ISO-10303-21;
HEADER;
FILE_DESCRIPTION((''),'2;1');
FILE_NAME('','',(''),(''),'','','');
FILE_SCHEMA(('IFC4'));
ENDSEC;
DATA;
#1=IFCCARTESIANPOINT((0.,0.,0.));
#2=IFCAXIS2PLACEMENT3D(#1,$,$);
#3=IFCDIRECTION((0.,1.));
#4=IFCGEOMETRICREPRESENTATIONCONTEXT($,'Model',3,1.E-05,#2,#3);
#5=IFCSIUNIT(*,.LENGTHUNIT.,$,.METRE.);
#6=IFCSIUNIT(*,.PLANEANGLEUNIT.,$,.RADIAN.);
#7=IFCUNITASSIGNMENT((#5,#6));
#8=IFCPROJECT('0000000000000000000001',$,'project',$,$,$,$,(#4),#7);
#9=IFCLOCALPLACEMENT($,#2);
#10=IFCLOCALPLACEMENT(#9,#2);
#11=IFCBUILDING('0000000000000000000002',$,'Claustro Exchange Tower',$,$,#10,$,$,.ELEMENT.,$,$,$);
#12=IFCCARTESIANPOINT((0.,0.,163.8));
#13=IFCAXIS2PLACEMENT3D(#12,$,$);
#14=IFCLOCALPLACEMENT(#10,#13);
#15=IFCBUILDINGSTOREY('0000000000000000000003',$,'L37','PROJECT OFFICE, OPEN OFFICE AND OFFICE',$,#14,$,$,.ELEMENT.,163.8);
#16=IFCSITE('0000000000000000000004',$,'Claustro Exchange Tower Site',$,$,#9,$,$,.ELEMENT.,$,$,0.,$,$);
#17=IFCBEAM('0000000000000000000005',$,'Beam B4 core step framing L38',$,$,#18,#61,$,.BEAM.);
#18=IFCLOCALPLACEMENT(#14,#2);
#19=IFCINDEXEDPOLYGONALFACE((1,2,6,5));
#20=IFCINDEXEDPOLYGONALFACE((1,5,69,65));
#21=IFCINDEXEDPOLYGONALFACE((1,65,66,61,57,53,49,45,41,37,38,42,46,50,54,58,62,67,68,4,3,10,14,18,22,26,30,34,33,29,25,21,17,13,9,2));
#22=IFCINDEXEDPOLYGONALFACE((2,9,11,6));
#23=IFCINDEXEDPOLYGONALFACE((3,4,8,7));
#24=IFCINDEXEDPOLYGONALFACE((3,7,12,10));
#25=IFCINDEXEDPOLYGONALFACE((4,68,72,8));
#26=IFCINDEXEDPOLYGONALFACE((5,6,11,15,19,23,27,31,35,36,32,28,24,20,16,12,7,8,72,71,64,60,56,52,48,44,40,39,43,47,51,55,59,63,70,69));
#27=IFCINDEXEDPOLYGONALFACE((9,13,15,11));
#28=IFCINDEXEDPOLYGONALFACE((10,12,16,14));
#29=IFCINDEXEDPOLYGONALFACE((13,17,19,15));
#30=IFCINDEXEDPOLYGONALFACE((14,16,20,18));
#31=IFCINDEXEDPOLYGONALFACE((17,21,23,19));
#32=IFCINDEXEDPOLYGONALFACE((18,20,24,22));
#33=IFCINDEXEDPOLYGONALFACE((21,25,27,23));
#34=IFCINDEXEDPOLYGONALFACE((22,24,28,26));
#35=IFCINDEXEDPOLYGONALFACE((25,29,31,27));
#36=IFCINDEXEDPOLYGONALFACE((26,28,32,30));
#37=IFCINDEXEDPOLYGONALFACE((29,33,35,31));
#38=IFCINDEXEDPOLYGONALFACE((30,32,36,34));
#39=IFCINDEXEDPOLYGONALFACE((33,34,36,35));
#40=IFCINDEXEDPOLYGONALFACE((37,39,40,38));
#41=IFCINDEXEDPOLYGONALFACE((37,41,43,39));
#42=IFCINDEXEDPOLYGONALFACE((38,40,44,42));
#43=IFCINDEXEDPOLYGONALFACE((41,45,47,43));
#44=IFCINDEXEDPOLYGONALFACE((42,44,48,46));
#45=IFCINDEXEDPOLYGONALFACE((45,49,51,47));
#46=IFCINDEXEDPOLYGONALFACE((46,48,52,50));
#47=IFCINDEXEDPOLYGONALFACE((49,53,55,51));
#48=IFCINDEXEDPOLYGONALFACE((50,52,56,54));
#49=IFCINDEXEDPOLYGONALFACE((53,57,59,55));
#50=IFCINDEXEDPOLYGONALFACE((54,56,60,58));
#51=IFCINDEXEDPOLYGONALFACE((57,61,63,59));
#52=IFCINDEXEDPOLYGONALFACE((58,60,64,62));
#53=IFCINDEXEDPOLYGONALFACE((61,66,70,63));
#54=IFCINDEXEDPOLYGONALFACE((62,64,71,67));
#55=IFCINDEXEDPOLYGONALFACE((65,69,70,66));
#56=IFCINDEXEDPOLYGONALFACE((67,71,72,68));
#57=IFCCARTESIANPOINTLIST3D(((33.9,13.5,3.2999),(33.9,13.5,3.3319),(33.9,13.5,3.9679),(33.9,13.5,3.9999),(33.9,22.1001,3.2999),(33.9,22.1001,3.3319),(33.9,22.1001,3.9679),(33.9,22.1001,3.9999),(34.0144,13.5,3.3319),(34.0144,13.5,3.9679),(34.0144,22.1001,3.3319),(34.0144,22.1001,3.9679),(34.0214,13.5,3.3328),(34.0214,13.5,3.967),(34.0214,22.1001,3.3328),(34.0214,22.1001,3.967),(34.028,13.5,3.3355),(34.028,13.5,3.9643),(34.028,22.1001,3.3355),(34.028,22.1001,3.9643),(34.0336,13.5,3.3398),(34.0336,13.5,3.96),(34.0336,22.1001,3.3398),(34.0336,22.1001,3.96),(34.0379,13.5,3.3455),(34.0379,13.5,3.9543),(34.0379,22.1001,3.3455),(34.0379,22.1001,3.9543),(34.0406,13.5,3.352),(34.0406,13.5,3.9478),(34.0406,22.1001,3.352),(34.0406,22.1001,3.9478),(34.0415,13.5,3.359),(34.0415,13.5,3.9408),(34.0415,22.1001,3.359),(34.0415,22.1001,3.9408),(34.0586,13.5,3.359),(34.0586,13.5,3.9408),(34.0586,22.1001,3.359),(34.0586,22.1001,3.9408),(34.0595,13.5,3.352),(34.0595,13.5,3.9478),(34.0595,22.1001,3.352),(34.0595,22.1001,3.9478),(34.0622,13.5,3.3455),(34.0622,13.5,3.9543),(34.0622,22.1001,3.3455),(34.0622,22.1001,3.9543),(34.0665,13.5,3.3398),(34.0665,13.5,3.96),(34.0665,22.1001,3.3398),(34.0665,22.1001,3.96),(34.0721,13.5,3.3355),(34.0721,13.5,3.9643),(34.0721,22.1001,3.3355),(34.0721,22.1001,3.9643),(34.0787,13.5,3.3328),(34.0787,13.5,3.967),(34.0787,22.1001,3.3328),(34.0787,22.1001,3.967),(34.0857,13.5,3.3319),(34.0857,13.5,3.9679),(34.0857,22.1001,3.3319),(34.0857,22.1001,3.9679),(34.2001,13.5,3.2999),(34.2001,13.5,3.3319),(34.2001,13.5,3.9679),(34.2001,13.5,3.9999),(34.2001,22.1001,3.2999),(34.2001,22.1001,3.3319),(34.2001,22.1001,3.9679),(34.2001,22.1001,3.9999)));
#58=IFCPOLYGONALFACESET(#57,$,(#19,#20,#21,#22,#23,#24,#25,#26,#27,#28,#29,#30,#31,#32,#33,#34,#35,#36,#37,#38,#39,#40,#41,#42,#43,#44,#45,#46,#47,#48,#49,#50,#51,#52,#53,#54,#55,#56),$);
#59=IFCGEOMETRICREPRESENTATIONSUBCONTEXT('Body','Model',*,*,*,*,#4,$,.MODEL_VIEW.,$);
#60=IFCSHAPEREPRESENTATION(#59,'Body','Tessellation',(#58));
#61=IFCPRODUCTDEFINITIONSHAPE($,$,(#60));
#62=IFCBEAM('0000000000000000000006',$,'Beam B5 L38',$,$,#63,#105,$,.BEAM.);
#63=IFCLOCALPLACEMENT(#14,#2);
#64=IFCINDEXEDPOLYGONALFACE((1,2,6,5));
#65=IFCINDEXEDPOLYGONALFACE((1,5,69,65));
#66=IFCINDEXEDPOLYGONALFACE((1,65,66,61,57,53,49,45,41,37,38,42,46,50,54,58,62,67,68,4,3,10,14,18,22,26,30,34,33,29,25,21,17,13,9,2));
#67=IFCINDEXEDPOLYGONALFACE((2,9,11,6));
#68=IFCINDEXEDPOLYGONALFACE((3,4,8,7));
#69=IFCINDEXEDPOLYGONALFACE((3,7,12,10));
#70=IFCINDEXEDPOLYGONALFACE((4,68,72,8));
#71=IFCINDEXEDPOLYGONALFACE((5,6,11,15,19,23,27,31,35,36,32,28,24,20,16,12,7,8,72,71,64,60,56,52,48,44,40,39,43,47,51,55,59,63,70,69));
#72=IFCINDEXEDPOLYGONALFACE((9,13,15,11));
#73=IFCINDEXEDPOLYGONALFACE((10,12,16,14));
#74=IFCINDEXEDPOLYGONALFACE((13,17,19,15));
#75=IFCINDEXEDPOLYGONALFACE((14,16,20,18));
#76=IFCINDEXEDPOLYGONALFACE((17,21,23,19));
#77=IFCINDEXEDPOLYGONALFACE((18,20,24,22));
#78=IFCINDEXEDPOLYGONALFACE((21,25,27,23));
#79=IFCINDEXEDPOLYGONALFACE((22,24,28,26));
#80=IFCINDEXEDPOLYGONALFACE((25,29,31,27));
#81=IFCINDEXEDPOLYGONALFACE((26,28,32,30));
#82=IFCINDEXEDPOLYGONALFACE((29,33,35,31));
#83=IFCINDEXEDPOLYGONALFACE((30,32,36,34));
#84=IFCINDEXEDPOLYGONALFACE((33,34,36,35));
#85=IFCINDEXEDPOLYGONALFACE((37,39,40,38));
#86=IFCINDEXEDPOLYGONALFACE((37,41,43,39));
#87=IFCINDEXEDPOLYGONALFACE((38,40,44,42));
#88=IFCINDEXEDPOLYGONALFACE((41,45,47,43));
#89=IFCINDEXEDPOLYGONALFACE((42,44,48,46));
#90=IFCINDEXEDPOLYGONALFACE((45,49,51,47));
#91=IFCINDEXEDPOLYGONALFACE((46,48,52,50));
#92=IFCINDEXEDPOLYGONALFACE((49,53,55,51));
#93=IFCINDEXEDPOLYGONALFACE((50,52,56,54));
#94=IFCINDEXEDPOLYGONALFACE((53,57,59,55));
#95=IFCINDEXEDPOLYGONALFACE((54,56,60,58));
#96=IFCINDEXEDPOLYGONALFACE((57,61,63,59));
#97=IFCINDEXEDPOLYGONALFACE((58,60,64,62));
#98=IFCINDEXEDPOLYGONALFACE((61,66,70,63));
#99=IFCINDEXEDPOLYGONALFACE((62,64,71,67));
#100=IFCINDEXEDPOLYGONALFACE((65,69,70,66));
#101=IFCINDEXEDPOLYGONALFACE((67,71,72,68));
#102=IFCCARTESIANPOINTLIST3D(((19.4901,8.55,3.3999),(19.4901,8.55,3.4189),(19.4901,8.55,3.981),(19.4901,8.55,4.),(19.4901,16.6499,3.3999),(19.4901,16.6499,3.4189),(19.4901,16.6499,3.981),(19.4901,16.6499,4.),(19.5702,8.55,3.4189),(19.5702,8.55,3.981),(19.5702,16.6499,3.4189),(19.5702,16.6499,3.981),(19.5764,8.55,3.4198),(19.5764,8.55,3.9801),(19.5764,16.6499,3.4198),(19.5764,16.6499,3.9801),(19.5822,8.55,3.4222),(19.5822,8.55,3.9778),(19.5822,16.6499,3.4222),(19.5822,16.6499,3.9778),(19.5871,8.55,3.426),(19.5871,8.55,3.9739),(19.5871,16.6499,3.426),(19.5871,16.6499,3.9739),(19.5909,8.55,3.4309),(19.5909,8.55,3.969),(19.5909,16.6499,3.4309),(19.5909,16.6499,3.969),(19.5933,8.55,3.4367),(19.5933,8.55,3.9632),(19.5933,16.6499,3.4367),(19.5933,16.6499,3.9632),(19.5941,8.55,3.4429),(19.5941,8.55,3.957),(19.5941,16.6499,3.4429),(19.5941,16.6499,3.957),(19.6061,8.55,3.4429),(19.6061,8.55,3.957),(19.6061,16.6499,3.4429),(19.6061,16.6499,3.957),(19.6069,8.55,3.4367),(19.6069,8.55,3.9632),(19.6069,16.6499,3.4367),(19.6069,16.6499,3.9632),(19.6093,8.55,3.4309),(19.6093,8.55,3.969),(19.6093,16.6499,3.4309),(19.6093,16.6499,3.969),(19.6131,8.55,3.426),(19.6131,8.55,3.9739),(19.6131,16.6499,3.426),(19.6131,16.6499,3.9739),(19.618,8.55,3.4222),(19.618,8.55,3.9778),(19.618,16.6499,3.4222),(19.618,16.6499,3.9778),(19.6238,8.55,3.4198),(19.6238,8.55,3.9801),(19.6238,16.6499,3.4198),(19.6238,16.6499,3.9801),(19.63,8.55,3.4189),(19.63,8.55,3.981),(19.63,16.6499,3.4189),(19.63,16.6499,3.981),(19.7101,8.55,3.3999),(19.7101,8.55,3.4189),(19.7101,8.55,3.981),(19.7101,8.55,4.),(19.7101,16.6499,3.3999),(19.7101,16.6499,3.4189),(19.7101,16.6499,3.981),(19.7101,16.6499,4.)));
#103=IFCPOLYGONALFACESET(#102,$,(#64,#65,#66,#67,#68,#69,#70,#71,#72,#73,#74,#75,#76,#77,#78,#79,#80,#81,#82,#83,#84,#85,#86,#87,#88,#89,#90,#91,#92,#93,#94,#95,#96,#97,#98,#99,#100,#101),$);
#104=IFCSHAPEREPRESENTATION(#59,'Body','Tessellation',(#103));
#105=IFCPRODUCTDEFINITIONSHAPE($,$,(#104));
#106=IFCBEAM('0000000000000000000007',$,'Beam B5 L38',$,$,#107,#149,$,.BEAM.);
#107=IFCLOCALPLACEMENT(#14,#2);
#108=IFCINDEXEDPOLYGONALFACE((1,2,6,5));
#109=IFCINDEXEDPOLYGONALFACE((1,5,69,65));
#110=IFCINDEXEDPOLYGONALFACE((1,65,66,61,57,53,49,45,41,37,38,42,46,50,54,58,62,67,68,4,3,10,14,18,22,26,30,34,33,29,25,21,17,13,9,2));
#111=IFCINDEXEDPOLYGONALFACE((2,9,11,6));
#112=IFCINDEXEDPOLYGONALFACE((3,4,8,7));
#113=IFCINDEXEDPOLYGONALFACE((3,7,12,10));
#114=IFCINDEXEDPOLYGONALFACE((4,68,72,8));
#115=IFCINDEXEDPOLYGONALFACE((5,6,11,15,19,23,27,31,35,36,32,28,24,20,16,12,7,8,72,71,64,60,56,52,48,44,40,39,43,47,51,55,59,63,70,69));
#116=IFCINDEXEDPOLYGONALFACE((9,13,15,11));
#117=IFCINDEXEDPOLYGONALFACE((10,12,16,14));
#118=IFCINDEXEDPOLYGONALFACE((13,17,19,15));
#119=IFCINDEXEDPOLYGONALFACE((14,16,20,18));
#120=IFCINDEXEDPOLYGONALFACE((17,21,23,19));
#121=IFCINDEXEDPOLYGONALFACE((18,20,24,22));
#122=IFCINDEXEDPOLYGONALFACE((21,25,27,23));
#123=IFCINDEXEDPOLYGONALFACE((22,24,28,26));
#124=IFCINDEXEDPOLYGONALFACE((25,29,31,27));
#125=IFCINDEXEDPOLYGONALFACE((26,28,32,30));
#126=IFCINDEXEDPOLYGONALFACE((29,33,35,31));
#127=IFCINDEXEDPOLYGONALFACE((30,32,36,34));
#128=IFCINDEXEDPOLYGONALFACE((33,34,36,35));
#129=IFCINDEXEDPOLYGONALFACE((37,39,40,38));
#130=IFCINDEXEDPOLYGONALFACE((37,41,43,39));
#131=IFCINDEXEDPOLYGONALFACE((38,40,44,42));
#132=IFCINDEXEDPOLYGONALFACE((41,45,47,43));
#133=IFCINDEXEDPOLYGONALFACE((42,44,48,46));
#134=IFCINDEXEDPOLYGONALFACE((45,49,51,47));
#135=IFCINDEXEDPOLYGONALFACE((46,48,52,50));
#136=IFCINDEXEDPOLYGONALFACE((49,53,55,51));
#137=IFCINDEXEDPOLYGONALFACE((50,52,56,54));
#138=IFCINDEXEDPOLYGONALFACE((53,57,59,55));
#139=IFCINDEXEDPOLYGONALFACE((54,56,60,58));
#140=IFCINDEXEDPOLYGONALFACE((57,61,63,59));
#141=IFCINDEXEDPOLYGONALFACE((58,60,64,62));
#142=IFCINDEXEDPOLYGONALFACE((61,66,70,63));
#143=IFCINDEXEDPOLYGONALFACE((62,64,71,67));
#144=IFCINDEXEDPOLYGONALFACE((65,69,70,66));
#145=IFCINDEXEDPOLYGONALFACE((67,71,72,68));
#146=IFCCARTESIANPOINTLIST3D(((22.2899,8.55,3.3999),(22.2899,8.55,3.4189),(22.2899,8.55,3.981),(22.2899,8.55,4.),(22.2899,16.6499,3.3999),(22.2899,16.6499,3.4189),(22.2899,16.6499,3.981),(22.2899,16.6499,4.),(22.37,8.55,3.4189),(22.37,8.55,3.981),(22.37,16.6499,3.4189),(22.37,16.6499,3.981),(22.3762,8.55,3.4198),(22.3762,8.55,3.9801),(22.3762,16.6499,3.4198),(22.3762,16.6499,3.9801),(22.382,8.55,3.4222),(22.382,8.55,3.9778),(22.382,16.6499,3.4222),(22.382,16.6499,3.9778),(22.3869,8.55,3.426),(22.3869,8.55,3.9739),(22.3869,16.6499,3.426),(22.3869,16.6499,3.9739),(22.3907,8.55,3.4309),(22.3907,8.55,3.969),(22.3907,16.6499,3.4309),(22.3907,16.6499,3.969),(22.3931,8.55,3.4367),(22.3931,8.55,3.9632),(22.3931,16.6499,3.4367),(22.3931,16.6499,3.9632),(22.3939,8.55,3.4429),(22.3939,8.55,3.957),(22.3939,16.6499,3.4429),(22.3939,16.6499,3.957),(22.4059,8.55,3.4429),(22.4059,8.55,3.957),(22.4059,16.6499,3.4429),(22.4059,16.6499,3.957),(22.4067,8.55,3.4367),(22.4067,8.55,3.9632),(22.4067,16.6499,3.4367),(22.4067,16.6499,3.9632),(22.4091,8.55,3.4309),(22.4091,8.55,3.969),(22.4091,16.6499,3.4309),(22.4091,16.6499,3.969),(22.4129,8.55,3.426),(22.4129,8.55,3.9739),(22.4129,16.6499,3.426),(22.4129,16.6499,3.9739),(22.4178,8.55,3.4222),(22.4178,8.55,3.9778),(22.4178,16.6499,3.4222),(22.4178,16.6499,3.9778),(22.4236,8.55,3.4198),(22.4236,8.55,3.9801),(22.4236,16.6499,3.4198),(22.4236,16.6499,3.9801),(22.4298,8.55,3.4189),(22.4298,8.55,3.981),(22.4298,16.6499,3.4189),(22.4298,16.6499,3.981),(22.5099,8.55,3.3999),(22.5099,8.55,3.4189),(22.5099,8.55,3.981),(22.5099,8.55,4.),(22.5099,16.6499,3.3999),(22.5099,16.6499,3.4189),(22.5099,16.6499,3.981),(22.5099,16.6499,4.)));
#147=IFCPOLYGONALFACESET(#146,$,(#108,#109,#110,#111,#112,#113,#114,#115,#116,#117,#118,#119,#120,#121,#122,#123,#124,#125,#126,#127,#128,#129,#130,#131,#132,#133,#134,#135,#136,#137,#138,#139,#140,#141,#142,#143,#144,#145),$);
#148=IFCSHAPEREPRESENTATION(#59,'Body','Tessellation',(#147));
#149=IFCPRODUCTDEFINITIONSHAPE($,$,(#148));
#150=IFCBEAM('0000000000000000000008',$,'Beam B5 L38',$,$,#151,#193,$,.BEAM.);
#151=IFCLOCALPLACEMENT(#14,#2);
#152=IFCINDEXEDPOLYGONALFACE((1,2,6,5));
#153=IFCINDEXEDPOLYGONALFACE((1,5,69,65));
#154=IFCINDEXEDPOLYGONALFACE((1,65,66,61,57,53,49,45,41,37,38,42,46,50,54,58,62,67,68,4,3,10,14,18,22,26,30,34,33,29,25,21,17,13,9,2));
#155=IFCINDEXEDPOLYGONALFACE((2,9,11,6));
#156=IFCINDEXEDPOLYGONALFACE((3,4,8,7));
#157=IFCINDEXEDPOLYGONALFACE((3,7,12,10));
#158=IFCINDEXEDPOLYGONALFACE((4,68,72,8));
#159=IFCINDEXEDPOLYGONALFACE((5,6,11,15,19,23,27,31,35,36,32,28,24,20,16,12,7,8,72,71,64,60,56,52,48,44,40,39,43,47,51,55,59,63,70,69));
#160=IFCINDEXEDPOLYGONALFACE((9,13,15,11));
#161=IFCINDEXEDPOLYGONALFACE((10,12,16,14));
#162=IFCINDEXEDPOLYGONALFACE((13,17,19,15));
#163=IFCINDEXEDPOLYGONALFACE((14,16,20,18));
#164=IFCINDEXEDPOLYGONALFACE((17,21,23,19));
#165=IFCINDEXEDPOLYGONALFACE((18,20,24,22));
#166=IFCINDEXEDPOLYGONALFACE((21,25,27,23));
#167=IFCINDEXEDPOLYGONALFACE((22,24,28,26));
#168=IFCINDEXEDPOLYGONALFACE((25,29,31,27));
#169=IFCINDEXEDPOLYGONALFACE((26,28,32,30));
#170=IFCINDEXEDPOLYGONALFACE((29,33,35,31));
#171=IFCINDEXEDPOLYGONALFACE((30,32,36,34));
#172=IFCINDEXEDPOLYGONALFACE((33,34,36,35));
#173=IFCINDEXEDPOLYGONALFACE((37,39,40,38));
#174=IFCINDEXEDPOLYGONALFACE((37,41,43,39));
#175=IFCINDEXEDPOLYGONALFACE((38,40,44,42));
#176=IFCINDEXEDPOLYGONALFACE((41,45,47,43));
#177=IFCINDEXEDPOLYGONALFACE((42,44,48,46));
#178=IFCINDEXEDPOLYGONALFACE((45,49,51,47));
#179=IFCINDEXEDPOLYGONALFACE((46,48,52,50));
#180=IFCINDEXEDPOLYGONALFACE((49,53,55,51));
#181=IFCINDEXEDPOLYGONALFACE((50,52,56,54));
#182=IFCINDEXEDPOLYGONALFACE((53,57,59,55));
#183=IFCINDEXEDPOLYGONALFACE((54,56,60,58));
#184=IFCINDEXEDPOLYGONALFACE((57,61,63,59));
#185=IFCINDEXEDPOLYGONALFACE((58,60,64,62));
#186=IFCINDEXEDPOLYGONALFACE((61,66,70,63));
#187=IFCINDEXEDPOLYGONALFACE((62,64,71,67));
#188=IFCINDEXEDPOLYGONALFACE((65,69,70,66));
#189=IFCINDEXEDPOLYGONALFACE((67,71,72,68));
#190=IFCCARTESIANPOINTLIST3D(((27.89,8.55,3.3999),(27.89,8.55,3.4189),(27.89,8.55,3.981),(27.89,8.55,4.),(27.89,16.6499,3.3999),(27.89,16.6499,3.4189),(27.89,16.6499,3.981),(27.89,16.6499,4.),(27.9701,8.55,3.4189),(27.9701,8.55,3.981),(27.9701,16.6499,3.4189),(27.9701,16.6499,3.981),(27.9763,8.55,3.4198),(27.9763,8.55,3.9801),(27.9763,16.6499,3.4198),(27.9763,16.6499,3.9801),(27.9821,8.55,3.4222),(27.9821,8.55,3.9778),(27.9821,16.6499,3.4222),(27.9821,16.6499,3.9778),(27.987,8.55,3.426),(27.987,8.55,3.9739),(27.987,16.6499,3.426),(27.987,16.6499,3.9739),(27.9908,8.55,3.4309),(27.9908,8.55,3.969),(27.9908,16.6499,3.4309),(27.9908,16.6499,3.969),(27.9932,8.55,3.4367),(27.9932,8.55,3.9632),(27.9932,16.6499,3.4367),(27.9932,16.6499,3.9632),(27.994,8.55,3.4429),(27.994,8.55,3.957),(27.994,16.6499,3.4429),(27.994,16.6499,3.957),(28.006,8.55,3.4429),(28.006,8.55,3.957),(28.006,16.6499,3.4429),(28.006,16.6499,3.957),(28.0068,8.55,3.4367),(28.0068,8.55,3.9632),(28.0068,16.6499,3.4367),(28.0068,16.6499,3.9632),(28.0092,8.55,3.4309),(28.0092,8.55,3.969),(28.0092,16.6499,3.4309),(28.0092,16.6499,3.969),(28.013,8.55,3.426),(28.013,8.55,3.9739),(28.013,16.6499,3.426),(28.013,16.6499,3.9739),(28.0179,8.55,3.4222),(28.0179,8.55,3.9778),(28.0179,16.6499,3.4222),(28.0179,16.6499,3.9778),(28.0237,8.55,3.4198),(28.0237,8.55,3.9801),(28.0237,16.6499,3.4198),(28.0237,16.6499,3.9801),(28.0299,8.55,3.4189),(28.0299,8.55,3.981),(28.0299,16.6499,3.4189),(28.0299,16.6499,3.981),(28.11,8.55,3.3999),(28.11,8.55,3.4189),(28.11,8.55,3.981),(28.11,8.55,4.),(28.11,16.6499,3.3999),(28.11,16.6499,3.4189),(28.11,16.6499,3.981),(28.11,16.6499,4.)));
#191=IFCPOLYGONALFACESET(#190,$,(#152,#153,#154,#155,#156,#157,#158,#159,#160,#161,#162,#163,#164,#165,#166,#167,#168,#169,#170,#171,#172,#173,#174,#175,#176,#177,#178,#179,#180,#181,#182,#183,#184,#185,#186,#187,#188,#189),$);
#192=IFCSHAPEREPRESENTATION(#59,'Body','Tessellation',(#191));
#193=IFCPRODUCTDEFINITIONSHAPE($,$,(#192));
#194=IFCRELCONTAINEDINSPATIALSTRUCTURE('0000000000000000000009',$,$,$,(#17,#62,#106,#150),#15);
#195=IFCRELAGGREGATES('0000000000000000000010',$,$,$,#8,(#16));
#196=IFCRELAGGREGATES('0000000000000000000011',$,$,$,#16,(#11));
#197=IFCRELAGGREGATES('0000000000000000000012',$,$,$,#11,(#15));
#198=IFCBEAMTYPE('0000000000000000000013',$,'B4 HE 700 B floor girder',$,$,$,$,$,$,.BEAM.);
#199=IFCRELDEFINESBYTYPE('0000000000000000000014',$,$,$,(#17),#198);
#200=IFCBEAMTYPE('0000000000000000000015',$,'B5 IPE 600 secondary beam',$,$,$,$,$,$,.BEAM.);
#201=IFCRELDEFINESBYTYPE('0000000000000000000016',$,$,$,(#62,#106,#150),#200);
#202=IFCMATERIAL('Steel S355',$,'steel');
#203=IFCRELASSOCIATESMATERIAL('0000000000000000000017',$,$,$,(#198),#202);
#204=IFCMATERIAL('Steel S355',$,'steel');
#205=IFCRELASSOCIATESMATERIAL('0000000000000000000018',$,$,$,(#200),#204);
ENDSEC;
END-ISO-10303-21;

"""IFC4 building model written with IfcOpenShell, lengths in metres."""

from ifc_helpers import new_model, si_unit, direction, frame, origin, origin_2d, place, context, subcontext, project, spatial, i_section, extrude, material, material_profile, profile_set, type_object, element, save


model = new_model("IFC4")

# Units and contexts
model_context = context("Model", 3, precision=1e-05, world=origin(), true_north=direction((0.0, 1.0)))
body_context = subcontext(model_context, "Body", "Model", "MODEL_VIEW")
ifc_project = project(units=[si_unit("LENGTHUNIT", "METRE"), si_unit("PLANEANGLEUNIT", "RADIAN")], contexts=[model_context])

# Site, building, storey
site_placement = place(None, origin())
site = spatial("IfcSite", under=ifc_project, at=site_placement, Name="Claustro Exchange Tower Site", CompositionType="ELEMENT", RefElevation=0.0)
building_placement = place(site_placement, origin())
building = spatial("IfcBuilding", under=site, at=building_placement, Name="Claustro Exchange Tower", CompositionType="ELEMENT")
storey_placement = place(building_placement, frame((0.0, 0.0, 163.8)))
storey = spatial("IfcBuildingStorey", under=building, at=storey_placement, Name="L37", Description="PROJECT OFFICE, OPEN OFFICE AND OFFICE", CompositionType="ELEMENT", Elevation=163.8)

# Beams
ifc_material_1 = material(Name="Steel S355", Category="steel")
ifc_material_profile_1 = material_profile(ifc_material_1, i_section(OverallWidth=0.3, OverallDepth=0.7, WebThickness=0.0171, FlangeThickness=0.032, FilletRadius=0.0271, at=origin_2d()), Name="HE 700 B")
ifc_profile_set_1 = profile_set([ifc_material_profile_1], Name="Steel S355")
beam_type_1 = type_object("IfcBeamType", Name="B4 HE 700 B floor girder", PredefinedType="BEAM", material=ifc_profile_set_1)
beam_1_placement = place(storey_placement, frame((34.05, 13.5, 3.6499), z_axis=(0.0, 1.0, 0.0), x_axis=(-1.0, 0.0, 0.0)))
element("IfcBeam", 1, at=beam_1_placement, inside=storey, type_object=beam_type_1, Name="Beam B4 core step framing L38", PredefinedType="BEAM", context=body_context, shape_type="SweptSolid", body=[
    extrude(i_section(OverallWidth=0.3, OverallDepth=0.7, WebThickness=0.0171, FlangeThickness=0.032, FilletRadius=0.0271, at=origin_2d()), origin(), (0.0, 0.0, 1.0), 8.6001),
])
ifc_material_2 = material(Name="Steel S355", Category="steel")
ifc_material_profile_2 = material_profile(ifc_material_2, i_section(OverallWidth=0.22, OverallDepth=0.6001, WebThickness=0.012, FlangeThickness=0.019, FilletRadius=0.0239, at=origin_2d()), Name="IPE 600")
ifc_profile_set_2 = profile_set([ifc_material_profile_2], Name="Steel S355")
beam_type_2 = type_object("IfcBeamType", Name="B5 IPE 600 secondary beam", PredefinedType="BEAM", material=ifc_profile_set_2)
for number, where, z_axis, x_axis, name in (
    (2, (19.6001, 8.55, 3.7), (0.0, 1.0, 0.0), (-1.0, 0.0, 0.0), "Beam B5 L38"),
    (3, (22.3999, 8.55, 3.7), (0.0, 1.0, 0.0), (-1.0, 0.0, 0.0), "Beam B5 L38"),
    (4, (28.0, 8.55, 3.7), (0.0, 1.0, 0.0), (-1.0, 0.0, 0.0), "Beam B5 L38"),
):
    element("IfcBeam", number, at=place(storey_placement, frame(where, z_axis=z_axis, x_axis=x_axis)), inside=storey, type_object=beam_type_2, Name=name, PredefinedType="BEAM", context=body_context, shape_type="SweptSolid", body=[
        extrude(i_section(OverallWidth=0.22, OverallDepth=0.6001, WebThickness=0.012, FlangeThickness=0.019, FilletRadius=0.0239, at=origin_2d()), origin(), (0.0, 0.0, 1.0), 8.0999),
    ])

save(model, "model.ifc")
